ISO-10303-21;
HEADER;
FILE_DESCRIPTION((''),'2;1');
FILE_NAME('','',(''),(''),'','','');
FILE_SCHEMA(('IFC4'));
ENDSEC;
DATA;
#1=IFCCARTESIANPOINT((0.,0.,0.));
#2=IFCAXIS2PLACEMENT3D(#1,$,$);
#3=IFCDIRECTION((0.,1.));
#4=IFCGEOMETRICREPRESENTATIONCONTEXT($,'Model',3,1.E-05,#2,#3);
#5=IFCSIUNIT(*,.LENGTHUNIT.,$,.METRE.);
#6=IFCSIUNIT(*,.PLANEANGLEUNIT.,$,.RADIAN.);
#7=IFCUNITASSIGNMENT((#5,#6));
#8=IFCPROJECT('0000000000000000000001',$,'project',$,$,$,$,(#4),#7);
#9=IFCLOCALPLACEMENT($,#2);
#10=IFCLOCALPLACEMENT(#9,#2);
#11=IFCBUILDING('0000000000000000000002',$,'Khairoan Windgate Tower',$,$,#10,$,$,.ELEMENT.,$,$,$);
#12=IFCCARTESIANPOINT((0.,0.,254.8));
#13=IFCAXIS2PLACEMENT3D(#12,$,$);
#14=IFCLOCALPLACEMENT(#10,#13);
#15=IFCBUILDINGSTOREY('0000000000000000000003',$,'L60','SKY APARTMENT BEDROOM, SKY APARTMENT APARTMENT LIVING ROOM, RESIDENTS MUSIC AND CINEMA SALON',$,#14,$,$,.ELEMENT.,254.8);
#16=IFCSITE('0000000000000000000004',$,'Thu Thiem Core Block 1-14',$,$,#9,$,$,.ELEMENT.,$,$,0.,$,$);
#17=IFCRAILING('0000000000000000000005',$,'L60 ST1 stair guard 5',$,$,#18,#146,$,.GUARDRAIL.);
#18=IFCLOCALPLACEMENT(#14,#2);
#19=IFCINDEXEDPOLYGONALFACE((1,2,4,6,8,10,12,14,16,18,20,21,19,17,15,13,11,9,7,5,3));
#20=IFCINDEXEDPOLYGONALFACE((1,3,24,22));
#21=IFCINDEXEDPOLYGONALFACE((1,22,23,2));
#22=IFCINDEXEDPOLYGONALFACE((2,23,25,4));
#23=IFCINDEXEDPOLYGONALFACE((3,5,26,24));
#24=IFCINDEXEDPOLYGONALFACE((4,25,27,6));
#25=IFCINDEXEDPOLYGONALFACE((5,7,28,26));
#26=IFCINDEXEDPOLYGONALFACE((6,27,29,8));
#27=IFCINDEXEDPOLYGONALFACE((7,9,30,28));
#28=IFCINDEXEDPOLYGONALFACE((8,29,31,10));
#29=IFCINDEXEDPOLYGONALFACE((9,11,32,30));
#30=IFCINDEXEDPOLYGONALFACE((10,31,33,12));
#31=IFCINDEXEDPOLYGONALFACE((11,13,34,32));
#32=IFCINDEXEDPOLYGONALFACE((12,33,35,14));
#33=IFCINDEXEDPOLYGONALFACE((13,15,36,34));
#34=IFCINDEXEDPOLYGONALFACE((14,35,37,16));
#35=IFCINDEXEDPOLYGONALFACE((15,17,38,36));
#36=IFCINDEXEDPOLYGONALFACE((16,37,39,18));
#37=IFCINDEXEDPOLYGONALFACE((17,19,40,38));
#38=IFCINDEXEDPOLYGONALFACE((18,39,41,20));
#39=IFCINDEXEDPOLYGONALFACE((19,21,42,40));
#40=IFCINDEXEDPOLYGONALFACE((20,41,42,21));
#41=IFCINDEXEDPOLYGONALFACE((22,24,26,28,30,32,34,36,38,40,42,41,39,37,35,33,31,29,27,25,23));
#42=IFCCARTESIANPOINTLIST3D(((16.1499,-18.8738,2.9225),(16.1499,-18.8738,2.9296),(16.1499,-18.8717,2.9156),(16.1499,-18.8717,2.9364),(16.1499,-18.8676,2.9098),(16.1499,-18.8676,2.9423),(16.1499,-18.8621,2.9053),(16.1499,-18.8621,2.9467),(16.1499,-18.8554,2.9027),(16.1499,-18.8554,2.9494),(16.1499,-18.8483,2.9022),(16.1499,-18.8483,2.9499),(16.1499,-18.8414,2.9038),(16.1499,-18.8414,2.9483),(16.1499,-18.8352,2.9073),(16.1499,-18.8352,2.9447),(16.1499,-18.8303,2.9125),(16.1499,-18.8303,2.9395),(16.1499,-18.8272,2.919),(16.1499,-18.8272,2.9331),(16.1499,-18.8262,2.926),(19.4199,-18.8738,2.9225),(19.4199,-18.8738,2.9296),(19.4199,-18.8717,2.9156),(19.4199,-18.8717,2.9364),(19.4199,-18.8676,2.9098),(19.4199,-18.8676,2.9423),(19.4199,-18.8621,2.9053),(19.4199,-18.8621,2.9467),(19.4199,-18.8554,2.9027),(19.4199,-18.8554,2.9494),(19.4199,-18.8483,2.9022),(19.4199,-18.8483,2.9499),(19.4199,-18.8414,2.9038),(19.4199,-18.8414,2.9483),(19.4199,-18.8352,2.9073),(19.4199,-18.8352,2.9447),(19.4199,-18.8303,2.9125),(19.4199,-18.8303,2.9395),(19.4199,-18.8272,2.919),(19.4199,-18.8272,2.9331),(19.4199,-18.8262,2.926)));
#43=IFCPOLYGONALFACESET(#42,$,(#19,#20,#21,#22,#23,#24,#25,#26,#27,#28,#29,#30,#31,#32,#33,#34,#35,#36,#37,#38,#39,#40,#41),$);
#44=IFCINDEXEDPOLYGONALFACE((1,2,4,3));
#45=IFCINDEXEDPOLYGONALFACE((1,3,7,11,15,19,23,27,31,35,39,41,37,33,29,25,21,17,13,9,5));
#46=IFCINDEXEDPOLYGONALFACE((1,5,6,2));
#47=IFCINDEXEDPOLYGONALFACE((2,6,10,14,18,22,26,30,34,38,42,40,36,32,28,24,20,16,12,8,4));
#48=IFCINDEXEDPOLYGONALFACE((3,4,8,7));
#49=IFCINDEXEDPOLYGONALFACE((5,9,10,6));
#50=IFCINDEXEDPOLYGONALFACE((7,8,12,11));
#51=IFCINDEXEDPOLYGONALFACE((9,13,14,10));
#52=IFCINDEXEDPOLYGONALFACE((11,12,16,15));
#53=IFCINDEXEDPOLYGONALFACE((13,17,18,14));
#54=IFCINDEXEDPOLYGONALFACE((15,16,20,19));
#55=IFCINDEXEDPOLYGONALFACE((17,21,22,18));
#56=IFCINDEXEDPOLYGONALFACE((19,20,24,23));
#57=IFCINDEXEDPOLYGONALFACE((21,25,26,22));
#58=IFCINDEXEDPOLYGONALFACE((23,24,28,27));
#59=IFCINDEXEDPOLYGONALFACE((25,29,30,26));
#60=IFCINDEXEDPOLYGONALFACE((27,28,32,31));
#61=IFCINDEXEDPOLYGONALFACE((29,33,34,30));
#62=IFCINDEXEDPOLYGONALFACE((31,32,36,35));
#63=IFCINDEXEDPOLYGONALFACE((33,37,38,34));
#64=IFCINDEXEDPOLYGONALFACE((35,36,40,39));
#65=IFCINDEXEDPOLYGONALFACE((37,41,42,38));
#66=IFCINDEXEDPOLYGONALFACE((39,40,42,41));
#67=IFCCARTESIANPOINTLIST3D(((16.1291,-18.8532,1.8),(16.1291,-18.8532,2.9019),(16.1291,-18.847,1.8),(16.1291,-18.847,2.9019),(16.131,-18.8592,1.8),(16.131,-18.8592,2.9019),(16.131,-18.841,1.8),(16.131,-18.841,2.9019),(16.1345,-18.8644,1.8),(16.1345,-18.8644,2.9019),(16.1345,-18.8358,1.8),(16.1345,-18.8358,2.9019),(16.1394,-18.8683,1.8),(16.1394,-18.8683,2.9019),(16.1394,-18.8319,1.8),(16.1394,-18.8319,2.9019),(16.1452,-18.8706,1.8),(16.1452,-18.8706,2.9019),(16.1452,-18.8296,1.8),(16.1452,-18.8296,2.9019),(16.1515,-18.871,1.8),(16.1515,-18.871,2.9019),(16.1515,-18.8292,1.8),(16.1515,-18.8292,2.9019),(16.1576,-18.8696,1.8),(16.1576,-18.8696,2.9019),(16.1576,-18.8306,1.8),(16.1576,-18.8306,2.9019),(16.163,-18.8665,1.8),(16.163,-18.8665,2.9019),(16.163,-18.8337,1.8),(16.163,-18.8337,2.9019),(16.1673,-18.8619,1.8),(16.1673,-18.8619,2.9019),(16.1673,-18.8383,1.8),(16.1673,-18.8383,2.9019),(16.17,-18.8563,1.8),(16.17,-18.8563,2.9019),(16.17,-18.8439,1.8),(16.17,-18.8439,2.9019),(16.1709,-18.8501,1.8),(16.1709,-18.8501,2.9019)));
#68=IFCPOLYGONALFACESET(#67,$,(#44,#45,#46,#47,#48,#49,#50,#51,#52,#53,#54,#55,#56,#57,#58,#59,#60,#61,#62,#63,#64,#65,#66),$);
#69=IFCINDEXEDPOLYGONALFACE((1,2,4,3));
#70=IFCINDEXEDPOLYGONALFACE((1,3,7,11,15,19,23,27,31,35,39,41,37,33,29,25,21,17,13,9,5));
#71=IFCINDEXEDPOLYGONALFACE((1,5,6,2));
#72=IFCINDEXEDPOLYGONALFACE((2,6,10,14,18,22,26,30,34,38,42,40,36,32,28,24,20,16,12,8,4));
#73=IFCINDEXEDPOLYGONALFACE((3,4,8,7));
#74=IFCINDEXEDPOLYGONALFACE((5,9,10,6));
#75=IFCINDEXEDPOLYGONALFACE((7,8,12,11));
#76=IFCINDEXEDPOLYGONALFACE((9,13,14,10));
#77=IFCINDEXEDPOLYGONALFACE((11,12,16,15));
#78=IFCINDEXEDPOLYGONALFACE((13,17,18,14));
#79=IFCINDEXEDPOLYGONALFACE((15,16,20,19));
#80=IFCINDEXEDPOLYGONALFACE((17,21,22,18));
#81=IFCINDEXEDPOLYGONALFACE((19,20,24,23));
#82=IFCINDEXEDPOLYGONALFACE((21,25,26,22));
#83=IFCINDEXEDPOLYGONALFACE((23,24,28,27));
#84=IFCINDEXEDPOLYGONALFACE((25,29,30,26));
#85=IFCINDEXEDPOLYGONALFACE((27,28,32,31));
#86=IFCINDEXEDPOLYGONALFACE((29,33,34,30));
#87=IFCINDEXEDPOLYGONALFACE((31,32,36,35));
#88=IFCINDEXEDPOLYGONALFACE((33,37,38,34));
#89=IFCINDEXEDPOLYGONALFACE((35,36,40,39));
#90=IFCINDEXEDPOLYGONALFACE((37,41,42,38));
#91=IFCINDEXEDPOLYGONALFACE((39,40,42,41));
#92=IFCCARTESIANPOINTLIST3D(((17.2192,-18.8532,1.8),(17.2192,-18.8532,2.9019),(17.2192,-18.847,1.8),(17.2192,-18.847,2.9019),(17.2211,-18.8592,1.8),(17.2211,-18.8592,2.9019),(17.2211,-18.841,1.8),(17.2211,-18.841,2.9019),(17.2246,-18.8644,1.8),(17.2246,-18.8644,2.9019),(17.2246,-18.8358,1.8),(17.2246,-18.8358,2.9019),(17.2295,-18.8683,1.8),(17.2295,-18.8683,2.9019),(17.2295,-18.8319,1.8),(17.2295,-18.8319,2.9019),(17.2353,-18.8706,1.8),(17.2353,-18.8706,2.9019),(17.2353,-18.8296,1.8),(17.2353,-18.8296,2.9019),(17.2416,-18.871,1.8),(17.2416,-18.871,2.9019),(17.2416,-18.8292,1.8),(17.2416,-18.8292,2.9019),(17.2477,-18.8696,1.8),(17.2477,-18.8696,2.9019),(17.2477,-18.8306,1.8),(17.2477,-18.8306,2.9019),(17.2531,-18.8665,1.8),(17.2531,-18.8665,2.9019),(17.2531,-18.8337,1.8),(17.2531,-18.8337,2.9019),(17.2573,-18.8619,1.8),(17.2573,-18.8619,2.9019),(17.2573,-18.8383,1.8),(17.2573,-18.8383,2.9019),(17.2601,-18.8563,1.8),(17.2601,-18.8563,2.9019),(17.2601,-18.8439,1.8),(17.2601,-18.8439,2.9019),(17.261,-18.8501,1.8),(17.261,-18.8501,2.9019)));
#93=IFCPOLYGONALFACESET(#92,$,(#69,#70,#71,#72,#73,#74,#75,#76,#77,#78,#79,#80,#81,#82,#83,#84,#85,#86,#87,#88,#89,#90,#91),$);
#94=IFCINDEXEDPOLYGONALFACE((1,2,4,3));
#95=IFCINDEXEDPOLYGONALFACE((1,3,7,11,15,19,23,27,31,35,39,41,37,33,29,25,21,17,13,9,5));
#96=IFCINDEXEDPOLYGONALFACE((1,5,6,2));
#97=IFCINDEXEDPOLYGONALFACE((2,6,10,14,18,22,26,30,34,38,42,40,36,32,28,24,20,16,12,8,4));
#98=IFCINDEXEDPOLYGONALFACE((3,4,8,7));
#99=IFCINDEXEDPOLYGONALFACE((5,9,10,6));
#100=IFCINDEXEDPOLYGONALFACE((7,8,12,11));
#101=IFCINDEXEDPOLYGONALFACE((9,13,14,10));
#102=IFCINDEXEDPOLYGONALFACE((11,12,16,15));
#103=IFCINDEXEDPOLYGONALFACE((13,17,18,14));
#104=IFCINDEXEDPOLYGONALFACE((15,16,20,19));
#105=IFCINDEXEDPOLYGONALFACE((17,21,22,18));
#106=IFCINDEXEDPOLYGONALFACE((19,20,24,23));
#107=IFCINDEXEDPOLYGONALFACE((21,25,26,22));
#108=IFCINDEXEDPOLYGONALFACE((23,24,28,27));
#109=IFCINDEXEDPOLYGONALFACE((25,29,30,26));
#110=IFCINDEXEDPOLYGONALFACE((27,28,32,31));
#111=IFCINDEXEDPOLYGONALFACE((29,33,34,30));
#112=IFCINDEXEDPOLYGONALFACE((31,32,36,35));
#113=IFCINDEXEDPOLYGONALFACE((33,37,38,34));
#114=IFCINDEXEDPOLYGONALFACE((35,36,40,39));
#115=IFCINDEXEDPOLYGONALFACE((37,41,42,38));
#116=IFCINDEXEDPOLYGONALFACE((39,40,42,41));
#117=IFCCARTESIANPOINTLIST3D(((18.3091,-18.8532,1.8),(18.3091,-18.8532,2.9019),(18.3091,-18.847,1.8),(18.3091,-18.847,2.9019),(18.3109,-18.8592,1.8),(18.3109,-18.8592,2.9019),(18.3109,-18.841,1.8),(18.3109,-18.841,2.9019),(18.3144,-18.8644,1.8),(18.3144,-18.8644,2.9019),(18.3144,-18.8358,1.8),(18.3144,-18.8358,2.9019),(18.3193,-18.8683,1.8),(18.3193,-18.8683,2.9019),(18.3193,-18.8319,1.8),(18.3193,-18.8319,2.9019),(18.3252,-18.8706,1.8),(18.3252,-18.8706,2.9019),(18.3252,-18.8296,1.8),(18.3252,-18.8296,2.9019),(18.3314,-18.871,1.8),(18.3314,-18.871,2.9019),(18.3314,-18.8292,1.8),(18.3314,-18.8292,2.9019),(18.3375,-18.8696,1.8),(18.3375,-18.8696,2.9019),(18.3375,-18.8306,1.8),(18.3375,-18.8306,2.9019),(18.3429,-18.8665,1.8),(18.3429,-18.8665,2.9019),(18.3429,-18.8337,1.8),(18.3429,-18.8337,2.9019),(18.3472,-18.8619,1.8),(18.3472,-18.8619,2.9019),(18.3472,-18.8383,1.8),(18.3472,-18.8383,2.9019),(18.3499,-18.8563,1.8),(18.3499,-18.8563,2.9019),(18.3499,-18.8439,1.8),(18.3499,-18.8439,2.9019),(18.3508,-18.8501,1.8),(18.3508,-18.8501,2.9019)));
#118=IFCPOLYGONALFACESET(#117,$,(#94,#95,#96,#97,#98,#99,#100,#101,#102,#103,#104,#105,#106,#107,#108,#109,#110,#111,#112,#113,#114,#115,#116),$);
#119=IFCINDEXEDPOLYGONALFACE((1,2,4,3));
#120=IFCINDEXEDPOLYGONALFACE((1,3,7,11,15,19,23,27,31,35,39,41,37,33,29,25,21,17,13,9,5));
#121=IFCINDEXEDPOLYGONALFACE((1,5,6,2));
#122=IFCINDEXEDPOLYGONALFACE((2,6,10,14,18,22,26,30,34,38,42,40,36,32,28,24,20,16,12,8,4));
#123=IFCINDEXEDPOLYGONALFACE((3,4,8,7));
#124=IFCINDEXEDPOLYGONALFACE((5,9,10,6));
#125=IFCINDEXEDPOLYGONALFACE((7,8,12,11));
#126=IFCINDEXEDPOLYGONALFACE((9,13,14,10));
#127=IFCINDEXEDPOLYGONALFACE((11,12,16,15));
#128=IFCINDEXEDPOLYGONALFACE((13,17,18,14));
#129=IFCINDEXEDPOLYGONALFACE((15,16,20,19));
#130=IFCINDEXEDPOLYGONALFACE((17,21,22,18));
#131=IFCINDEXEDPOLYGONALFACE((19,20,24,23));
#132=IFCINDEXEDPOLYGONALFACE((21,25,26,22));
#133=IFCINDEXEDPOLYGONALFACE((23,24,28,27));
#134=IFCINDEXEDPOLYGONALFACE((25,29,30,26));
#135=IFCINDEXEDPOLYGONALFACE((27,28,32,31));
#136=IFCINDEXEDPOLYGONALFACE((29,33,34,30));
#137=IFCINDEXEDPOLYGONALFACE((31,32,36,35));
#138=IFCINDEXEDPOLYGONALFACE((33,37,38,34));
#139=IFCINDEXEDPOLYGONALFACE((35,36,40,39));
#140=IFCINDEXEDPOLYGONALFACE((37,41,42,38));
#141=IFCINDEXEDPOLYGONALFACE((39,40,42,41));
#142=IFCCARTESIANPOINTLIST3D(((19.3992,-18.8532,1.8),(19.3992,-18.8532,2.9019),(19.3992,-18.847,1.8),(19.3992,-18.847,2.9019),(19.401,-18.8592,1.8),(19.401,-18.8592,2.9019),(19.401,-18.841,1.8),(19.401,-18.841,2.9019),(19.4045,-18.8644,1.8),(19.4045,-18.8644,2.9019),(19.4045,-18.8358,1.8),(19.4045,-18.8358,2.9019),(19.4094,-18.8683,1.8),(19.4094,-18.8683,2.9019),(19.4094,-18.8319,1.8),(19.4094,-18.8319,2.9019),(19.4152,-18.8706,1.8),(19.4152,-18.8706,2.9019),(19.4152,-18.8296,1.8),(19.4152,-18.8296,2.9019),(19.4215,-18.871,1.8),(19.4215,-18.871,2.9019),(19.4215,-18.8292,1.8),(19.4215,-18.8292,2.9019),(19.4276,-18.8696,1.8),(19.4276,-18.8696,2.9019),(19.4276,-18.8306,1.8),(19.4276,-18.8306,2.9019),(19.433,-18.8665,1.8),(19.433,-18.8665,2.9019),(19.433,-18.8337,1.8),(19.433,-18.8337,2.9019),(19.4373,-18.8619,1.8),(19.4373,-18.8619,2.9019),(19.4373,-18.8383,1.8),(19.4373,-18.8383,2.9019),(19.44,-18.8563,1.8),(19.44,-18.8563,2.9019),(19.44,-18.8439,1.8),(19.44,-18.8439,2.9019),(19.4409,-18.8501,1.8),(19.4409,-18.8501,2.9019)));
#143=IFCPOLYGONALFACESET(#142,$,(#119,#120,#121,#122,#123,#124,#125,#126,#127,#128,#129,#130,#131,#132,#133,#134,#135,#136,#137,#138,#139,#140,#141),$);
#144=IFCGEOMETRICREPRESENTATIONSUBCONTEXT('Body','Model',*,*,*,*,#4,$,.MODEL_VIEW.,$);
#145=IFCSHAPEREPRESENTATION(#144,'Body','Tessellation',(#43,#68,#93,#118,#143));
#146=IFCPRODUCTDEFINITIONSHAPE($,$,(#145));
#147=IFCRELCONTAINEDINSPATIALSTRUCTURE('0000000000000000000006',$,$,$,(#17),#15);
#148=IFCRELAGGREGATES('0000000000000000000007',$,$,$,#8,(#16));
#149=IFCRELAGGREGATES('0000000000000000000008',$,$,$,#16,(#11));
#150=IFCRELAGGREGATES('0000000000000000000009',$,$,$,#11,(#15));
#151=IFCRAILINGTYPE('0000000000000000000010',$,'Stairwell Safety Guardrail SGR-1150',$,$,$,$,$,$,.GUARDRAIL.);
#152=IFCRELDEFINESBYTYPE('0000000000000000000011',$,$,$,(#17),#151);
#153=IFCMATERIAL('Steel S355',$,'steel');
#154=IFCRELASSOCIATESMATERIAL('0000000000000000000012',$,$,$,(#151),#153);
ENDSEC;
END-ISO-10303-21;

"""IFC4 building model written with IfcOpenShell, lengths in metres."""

from ifc_helpers import new_model, si_unit, direction, frame, origin, origin_2d, place, context, subcontext, project, spatial, circle, extrude, material, type_object, element, save


model = new_model("IFC4")

# Units and contexts
model_context = context("Model", 3, precision=1e-05, world=origin(), true_north=direction((0.0, 1.0)))
body_context = subcontext(model_context, "Body", "Model", "MODEL_VIEW")
ifc_project = project(units=[si_unit("LENGTHUNIT", "METRE"), si_unit("PLANEANGLEUNIT", "RADIAN")], contexts=[model_context])

# Site, building, storey
site_placement = place(None, origin())
site = spatial("IfcSite", under=ifc_project, at=site_placement, Name="Thu Thiem Core Block 1-14", CompositionType="ELEMENT", RefElevation=0.0)
building_placement = place(site_placement, origin())
building = spatial("IfcBuilding", under=site, at=building_placement, Name="Khairoan Windgate Tower", CompositionType="ELEMENT")
storey_placement = place(building_placement, frame((0.0, 0.0, 254.8)))
storey = spatial("IfcBuildingStorey", under=building, at=storey_placement, Name="L60", Description="SKY APARTMENT BEDROOM, SKY APARTMENT APARTMENT LIVING ROOM, RESIDENTS MUSIC AND CINEMA SALON", CompositionType="ELEMENT", Elevation=254.8)

# Railing
ifc_material_1 = material(Name="Steel S355", Category="steel")
railing_type = type_object("IfcRailingType", Name="Stairwell Safety Guardrail SGR-1150", PredefinedType="GUARDRAIL", material=ifc_material_1)
railing_1_placement = place(storey_placement, frame((16.1499, -18.8501, 1.8)))
element("IfcRailing", 1, at=railing_1_placement, inside=storey, type_object=railing_type, Name="L60 ST1 stair guard 5", PredefinedType="GUARDRAIL", context=body_context, shape_type="SweptSolid", body=[
    extrude(circle(Radius=0.0239, at=origin_2d()), frame((0.0, 0.0, 1.126), z_axis=(1.0, 0.0, 0.0), x_axis=(0.0, 1.0, 0.0)), (0.0, 0.0, 1.0), 3.27),
    extrude(circle(Radius=0.021, at=origin_2d()), origin(), (0.0, 0.0, 1.0), 1.1018),
    extrude(circle(Radius=0.021, at=origin_2d()), frame((1.0901, 0.0, 0.0)), (0.0, 0.0, 1.0), 1.1018),
    extrude(circle(Radius=0.021, at=origin_2d()), frame((2.1799, 0.0, 0.0)), (0.0, 0.0, 1.0), 1.1018),
    extrude(circle(Radius=0.021, at=origin_2d()), frame((3.27, 0.0, 0.0)), (0.0, 0.0, 1.0), 1.1018),
])

save(model, "model.ifc")
